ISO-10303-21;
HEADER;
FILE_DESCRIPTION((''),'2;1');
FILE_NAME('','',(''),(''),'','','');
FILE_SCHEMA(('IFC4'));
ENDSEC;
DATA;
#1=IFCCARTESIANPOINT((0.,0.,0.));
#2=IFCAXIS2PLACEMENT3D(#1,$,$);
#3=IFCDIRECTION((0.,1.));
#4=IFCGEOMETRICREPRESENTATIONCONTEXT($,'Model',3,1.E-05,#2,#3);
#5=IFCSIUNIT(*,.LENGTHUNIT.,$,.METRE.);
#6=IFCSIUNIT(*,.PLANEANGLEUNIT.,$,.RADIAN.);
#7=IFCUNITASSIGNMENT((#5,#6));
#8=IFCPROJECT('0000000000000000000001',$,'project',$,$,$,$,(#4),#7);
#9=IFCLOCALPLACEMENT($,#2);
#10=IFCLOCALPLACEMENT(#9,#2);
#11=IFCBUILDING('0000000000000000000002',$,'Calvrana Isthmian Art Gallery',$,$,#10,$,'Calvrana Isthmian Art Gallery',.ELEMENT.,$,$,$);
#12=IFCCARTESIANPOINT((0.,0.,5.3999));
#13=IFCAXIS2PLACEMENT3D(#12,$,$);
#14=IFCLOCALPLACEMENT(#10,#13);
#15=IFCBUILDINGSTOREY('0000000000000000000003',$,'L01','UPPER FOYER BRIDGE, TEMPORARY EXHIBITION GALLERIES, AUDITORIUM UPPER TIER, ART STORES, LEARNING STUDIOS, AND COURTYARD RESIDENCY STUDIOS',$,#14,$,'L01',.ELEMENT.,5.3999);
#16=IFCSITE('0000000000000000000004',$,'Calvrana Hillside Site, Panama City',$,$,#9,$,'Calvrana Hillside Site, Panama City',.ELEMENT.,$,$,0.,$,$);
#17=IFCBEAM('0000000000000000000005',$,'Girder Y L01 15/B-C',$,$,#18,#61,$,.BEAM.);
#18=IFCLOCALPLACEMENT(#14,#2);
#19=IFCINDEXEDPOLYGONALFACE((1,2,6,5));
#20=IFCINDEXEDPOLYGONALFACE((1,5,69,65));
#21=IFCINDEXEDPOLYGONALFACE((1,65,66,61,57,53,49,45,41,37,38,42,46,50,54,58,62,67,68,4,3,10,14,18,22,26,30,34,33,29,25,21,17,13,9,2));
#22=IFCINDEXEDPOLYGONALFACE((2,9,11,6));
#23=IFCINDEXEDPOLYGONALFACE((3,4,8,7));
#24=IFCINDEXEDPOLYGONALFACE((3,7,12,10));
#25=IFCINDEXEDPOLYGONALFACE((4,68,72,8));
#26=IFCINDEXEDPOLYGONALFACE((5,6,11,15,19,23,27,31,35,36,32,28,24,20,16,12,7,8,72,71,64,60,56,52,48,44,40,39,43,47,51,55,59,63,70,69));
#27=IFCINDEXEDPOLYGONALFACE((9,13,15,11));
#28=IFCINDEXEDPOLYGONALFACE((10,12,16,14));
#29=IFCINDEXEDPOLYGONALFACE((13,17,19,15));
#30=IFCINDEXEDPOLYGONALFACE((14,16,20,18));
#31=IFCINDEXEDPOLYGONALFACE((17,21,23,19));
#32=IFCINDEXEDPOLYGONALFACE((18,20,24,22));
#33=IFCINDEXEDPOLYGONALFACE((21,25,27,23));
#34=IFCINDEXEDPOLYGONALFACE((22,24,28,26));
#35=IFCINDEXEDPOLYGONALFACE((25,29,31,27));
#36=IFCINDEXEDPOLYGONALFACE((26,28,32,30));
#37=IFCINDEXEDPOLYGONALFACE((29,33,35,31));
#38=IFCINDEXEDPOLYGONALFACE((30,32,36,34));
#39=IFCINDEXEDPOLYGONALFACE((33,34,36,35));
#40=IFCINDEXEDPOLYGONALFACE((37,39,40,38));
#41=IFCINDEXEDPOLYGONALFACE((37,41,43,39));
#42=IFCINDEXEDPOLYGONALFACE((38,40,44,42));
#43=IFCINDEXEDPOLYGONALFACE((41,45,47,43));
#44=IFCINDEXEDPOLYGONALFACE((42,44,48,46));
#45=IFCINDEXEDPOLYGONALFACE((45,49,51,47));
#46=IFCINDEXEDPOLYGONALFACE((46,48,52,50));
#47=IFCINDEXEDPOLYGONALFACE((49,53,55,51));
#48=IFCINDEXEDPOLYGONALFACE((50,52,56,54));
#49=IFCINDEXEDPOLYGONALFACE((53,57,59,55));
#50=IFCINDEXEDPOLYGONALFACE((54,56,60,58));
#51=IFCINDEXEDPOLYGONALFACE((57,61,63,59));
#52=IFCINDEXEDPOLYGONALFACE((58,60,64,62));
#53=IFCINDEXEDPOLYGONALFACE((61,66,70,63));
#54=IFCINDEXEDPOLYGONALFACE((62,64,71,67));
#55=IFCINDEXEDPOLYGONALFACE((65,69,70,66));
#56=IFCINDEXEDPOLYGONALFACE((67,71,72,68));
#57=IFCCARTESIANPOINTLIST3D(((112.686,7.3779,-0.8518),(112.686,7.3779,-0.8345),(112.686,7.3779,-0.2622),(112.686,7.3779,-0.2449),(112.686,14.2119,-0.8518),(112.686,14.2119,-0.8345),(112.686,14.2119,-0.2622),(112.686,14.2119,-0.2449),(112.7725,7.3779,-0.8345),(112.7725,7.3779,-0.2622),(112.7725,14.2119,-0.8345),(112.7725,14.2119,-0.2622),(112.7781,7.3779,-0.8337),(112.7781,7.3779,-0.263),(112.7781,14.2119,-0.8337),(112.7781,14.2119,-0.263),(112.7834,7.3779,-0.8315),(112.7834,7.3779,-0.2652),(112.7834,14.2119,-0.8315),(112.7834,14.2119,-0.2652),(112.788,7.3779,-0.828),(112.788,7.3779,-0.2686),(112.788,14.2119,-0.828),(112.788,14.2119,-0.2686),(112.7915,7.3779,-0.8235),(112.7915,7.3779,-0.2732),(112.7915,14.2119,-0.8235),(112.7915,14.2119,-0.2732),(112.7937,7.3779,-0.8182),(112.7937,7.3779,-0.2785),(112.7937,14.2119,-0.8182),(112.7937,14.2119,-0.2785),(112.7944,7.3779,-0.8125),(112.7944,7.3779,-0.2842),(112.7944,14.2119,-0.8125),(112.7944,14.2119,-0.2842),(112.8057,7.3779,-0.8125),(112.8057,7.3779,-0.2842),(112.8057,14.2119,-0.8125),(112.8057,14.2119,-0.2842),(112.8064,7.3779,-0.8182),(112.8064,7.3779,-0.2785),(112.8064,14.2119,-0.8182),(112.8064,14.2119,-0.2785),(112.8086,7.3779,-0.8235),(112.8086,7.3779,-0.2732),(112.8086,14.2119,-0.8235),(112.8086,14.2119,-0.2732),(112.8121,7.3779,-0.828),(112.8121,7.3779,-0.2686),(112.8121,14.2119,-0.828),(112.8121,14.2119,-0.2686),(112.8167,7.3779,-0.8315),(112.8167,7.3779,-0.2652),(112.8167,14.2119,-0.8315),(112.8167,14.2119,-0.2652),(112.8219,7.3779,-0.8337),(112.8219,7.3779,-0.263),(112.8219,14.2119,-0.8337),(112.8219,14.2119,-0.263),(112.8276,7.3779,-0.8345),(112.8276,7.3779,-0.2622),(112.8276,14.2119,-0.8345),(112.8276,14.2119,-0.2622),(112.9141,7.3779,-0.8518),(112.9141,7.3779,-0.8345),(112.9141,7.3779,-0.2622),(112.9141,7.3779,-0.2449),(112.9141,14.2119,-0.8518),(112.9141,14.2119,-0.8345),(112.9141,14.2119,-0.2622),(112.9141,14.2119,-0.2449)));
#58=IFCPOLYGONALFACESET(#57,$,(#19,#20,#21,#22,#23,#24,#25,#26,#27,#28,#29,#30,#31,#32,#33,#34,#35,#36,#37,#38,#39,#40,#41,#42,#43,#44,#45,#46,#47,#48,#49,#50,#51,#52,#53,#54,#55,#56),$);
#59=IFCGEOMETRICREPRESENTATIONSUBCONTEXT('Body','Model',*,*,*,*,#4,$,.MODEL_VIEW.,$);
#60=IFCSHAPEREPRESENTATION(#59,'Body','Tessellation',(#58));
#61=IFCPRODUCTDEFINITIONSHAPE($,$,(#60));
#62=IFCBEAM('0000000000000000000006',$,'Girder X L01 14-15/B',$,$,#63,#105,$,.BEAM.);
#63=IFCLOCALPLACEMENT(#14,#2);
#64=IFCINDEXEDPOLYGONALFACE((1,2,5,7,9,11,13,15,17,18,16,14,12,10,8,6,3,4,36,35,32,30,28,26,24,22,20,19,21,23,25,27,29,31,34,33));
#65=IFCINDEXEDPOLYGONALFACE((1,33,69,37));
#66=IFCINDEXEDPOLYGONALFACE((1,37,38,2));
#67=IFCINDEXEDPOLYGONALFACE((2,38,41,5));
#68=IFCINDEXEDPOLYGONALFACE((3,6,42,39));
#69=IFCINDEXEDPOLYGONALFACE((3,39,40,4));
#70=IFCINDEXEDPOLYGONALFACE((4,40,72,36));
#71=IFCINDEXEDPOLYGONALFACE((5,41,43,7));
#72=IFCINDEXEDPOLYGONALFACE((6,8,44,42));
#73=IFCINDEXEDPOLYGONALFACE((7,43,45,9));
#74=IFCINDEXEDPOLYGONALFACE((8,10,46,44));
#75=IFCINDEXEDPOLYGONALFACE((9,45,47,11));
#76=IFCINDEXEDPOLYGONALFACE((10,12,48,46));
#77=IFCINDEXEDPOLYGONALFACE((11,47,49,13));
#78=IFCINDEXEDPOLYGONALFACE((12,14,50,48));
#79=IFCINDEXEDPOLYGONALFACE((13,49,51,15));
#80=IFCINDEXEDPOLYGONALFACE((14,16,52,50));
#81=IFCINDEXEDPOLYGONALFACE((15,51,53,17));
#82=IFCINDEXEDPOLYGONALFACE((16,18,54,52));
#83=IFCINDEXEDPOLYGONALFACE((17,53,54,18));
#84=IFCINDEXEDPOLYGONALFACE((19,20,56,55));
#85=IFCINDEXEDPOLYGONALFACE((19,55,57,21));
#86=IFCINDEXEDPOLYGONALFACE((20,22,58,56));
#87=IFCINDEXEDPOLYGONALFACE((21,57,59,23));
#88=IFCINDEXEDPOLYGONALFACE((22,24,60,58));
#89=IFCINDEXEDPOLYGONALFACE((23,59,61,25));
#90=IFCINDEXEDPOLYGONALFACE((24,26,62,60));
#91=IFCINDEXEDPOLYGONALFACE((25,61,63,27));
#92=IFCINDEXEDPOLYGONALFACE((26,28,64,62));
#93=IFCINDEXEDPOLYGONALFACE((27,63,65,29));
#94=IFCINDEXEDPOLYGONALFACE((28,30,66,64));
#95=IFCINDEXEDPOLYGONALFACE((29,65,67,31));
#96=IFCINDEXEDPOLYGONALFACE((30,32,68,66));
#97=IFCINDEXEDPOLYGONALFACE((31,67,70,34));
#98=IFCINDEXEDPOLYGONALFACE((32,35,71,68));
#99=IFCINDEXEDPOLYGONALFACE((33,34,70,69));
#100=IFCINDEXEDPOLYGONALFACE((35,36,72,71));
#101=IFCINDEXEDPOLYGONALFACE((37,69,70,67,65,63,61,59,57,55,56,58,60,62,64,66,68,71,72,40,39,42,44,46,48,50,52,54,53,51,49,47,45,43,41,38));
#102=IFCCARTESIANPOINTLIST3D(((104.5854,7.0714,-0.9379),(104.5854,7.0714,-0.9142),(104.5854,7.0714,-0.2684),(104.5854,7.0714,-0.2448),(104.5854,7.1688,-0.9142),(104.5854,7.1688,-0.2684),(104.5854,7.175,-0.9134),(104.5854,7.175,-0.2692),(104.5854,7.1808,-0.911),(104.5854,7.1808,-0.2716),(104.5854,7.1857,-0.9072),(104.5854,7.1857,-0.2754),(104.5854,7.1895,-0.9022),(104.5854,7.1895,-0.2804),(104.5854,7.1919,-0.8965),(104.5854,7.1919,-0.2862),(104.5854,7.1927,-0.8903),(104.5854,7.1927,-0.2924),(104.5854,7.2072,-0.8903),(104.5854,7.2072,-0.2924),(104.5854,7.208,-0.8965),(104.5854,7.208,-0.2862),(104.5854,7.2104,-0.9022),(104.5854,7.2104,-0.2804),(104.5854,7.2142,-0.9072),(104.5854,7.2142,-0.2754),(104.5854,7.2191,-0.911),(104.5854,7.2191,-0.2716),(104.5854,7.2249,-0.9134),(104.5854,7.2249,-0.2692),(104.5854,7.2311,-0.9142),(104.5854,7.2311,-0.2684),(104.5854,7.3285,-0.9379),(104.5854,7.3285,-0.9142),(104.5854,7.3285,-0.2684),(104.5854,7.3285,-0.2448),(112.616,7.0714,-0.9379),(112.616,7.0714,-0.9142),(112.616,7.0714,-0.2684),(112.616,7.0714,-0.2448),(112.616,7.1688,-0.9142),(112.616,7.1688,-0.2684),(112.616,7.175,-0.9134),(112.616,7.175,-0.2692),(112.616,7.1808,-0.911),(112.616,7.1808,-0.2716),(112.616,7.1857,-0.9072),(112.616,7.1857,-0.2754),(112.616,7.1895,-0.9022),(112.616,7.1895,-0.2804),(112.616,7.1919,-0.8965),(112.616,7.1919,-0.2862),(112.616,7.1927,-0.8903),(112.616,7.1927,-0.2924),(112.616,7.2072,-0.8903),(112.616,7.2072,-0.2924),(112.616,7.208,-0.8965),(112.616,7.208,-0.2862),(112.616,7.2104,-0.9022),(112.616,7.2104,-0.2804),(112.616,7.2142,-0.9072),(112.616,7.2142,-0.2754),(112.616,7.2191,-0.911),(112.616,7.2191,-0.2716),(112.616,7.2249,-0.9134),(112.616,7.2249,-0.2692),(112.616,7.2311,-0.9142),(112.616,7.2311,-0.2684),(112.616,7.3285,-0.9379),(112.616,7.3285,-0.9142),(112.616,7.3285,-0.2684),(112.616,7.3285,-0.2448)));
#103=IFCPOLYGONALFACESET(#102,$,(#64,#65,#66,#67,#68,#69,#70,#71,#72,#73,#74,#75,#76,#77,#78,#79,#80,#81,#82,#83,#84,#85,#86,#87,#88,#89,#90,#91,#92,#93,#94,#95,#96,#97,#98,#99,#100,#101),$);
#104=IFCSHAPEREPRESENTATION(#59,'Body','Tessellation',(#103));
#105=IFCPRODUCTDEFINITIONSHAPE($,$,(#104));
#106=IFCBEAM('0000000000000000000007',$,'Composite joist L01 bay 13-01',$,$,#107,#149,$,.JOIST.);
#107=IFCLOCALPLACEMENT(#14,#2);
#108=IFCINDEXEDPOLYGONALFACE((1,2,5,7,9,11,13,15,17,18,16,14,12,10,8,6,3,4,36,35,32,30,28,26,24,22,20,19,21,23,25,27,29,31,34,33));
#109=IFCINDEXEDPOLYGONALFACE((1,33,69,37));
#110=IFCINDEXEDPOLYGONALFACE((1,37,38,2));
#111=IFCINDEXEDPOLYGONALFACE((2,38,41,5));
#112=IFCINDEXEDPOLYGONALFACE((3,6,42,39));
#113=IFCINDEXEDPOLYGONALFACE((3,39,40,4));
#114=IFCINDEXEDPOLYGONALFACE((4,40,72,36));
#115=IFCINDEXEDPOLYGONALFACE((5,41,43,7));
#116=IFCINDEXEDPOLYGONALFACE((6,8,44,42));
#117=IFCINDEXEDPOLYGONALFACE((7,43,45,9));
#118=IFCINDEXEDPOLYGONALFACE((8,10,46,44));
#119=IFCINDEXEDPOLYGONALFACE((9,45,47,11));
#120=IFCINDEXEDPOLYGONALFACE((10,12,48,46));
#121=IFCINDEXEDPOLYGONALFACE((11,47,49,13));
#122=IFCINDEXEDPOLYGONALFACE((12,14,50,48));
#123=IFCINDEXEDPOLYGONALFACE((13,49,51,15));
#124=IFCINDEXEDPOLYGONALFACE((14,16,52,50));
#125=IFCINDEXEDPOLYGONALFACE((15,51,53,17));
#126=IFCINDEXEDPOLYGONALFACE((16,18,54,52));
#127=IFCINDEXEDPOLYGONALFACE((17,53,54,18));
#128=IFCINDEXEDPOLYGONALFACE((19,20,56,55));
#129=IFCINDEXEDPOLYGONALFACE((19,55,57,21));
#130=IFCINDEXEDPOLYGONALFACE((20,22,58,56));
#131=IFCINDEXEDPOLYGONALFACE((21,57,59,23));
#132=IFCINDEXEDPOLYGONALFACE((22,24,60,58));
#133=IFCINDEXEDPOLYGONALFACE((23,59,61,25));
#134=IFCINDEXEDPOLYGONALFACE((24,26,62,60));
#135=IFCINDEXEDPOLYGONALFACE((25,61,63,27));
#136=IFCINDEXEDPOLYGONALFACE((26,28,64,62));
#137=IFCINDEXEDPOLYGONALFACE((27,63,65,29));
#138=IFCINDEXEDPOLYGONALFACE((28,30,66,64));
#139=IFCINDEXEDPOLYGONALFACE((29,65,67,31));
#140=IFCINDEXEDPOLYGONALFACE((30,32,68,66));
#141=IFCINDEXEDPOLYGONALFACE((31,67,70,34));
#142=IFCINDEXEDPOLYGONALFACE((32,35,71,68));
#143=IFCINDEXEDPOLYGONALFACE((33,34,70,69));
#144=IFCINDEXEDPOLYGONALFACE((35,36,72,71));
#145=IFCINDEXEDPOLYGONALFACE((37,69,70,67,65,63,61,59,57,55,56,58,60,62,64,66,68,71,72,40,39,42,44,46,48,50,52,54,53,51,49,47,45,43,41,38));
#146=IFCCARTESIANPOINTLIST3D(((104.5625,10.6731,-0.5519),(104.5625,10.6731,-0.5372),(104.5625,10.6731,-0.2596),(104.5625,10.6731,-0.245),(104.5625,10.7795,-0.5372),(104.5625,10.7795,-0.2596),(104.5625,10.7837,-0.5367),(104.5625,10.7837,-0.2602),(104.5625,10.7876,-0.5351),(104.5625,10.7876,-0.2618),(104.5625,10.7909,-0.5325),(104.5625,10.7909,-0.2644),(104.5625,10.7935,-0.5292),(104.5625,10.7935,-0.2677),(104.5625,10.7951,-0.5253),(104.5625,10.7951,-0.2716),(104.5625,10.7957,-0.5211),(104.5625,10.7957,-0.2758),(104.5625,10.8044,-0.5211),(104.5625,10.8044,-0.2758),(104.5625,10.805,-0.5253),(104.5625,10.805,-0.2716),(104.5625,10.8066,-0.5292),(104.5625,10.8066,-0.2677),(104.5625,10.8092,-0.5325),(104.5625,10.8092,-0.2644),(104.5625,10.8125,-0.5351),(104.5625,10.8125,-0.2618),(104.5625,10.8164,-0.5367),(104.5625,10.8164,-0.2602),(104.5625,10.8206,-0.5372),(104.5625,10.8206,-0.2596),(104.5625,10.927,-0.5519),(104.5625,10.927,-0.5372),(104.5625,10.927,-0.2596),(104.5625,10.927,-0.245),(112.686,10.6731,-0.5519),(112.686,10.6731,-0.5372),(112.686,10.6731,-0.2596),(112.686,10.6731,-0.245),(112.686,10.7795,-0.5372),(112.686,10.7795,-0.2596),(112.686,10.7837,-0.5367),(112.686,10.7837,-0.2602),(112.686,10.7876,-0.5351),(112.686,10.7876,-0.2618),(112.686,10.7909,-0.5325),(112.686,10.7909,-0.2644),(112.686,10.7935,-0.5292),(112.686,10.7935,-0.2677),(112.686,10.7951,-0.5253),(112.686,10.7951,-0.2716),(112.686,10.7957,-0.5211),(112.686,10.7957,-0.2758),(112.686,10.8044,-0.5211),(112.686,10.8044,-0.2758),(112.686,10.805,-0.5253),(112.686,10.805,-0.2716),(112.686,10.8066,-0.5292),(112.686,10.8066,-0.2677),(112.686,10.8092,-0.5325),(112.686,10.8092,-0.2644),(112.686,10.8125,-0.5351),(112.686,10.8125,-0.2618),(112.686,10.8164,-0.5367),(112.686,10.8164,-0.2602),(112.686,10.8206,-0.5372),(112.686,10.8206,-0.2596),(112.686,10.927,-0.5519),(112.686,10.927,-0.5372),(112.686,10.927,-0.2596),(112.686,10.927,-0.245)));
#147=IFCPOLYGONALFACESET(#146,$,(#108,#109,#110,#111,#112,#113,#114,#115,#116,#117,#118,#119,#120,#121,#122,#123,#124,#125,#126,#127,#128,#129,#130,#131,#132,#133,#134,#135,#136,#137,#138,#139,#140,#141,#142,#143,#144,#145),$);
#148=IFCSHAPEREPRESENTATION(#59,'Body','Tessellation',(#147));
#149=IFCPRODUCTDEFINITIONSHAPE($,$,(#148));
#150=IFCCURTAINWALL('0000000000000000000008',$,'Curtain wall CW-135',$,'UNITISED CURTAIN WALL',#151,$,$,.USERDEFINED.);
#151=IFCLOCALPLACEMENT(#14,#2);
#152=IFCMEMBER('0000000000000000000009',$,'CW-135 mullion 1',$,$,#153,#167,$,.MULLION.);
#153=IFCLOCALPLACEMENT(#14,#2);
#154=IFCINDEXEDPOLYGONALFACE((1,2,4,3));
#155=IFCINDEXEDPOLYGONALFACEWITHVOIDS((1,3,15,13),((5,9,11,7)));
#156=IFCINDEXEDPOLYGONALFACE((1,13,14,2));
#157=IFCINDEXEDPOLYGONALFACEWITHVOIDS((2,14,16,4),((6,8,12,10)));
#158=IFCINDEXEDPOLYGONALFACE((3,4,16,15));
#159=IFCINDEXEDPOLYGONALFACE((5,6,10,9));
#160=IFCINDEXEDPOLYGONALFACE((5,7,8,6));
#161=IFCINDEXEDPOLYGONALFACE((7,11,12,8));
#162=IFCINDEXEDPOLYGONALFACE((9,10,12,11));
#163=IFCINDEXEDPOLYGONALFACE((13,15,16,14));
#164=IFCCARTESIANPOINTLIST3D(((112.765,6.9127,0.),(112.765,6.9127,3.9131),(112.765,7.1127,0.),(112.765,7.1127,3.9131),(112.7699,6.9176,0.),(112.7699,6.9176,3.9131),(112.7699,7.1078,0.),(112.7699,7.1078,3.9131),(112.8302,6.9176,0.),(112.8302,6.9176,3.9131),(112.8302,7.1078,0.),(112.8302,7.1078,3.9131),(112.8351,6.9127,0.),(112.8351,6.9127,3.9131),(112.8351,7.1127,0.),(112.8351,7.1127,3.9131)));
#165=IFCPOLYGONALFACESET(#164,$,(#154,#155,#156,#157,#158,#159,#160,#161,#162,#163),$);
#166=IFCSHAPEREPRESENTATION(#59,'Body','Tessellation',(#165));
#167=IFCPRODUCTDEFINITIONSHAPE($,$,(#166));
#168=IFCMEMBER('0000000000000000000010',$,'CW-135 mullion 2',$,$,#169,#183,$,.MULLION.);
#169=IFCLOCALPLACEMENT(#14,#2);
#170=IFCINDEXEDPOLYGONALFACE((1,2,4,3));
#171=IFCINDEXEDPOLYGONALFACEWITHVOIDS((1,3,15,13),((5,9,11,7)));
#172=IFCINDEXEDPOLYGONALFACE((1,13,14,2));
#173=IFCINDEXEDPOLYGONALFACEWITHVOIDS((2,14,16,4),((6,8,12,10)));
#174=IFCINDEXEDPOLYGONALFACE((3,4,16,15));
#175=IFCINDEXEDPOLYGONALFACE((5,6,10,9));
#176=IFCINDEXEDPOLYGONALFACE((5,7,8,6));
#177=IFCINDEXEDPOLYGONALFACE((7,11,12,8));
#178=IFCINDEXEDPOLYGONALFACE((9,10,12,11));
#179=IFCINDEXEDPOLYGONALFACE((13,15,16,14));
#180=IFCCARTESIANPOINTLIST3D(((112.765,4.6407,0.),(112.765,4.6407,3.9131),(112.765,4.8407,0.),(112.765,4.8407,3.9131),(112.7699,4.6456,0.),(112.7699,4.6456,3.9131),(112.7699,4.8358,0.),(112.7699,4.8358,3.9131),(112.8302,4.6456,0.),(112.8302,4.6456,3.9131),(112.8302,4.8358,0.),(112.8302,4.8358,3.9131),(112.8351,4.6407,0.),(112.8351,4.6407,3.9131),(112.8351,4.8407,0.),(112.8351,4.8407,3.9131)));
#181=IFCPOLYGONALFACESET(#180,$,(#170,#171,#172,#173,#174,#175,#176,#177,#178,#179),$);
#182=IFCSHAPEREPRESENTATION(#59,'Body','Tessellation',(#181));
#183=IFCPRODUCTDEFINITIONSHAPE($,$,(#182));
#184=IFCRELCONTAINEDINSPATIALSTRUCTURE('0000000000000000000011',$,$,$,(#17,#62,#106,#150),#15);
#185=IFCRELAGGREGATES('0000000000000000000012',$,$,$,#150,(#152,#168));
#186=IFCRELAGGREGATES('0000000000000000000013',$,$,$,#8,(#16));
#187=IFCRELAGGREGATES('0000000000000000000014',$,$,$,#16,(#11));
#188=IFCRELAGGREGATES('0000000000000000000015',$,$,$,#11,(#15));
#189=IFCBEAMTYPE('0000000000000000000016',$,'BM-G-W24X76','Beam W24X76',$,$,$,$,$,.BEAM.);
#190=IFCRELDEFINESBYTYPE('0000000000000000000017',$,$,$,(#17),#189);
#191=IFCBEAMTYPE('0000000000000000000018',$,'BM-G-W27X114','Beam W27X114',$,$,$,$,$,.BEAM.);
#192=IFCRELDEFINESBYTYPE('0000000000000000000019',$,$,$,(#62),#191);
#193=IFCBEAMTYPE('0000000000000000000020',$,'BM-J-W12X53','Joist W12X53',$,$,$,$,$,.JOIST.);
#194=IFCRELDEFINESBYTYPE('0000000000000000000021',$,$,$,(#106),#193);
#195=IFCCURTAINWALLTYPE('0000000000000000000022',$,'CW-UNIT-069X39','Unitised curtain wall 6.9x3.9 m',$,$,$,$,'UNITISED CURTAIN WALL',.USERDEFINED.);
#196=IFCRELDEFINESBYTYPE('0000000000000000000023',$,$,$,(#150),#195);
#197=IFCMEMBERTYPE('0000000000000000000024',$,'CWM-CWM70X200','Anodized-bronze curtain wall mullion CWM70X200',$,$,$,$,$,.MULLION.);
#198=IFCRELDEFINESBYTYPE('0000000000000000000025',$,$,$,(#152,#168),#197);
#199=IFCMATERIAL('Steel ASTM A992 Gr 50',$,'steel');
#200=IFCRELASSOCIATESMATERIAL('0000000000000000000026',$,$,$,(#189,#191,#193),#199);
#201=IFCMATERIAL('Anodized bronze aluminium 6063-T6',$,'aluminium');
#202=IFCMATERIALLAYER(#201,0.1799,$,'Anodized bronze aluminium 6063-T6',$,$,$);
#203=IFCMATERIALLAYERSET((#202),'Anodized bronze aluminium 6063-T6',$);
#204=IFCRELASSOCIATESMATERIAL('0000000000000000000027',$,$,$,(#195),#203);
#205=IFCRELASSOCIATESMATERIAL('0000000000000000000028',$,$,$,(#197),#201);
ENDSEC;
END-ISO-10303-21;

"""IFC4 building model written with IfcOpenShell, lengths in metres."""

from ifc_helpers import new_model, si_unit, direction, frame, origin, origin_2d, place, context, subcontext, project, spatial, hollow_rectangle, i_section, extrude, material, layer, layer_set, material_profile, profile_set, type_object, element, aggregate, save


model = new_model("IFC4")

# Units and contexts
model_context = context("Model", 3, precision=1e-05, world=origin(), true_north=direction((0.0, 1.0)))
body_context = subcontext(model_context, "Body", "Model", "MODEL_VIEW")
ifc_project = project(units=[si_unit("LENGTHUNIT", "METRE"), si_unit("PLANEANGLEUNIT", "RADIAN")], contexts=[model_context])

# Site, building, storey
site_placement = place(None, origin())
site = spatial("IfcSite", under=ifc_project, at=site_placement, Name="Calvrana Hillside Site, Panama City", LongName="Calvrana Hillside Site, Panama City", CompositionType="ELEMENT", RefElevation=0.0)
building_placement = place(site_placement, origin())
building = spatial("IfcBuilding", under=site, at=building_placement, Name="Calvrana Isthmian Art Gallery", LongName="Calvrana Isthmian Art Gallery", CompositionType="ELEMENT")
storey_placement = place(building_placement, frame((0.0, 0.0, 5.3999)))
storey = spatial("IfcBuildingStorey", under=building, at=storey_placement, Name="L01", Description="UPPER FOYER BRIDGE, TEMPORARY EXHIBITION GALLERIES, AUDITORIUM UPPER TIER, ART STORES, LEARNING STUDIOS, AND COURTYARD RESIDENCY STUDIOS", LongName="L01", CompositionType="ELEMENT", Elevation=5.3999)

# Beams
ifc_material_1 = material(Name="Steel ASTM A992 Gr 50", Category="steel")
ifc_material_profile_1 = material_profile(ifc_material_1, i_section(OverallWidth=0.228, OverallDepth=0.6069, WebThickness=0.0112, FlangeThickness=0.0173, FilletRadius=0.022, at=origin_2d()), Name="W24X76")
ifc_profile_set_1 = profile_set([ifc_material_profile_1], Name="Steel ASTM A992 Gr 50")
beam_type_1 = type_object("IfcBeamType", Name="BM-G-W24X76", Description="Beam W24X76", PredefinedType="BEAM", material=ifc_profile_set_1)
beam_1_placement = place(storey_placement, frame((112.8, 7.3779, -0.5483), z_axis=(0.0, 1.0, 0.0), x_axis=(-1.0, 0.0, 0.0)))
element("IfcBeam", 1, at=beam_1_placement, inside=storey, type_object=beam_type_1, Name="Girder Y L01 15/B-C", PredefinedType="BEAM", context=body_context, shape_type="SweptSolid", body=[
    extrude(i_section(OverallWidth=0.228, OverallDepth=0.6069, WebThickness=0.0112, FlangeThickness=0.0173, FilletRadius=0.022, at=origin_2d()), origin(), (0.0, 0.0, 1.0), 6.834),
])
ifc_material_profile_2 = material_profile(ifc_material_1, i_section(OverallWidth=0.2571, OverallDepth=0.6931, WebThickness=0.0144, FlangeThickness=0.0237, FilletRadius=0.0239, at=origin_2d()), Name="W27X114")
ifc_profile_set_2 = profile_set([ifc_material_profile_2], Name="Steel ASTM A992 Gr 50")
beam_type_2 = type_object("IfcBeamType", Name="BM-G-W27X114", Description="Beam W27X114", PredefinedType="BEAM", material=ifc_profile_set_2)
beam_2_placement = place(storey_placement, frame((104.5854, 7.2, -0.5913), z_axis=(1.0, 0.0, 0.0), x_axis=(0.0, 1.0, 0.0)))
element("IfcBeam", 2, at=beam_2_placement, inside=storey, type_object=beam_type_2, Name="Girder X L01 14-15/B", PredefinedType="BEAM", context=body_context, shape_type="SweptSolid", body=[
    extrude(i_section(OverallWidth=0.2571, OverallDepth=0.6931, WebThickness=0.0144, FlangeThickness=0.0237, FilletRadius=0.0239, at=origin_2d()), origin(), (0.0, 0.0, 1.0), 8.0305),
])
ifc_material_profile_3 = material_profile(ifc_material_1, i_section(OverallWidth=0.2539, OverallDepth=0.3069, WebThickness=0.0088, FlangeThickness=0.0146, FilletRadius=0.0161, at=origin_2d()), Name="W12X53")
ifc_profile_set_3 = profile_set([ifc_material_profile_3], Name="Steel ASTM A992 Gr 50")
beam_type_3 = type_object("IfcBeamType", Name="BM-J-W12X53", Description="Joist W12X53", PredefinedType="JOIST", material=ifc_profile_set_3)
beam_3_placement = place(storey_placement, frame((104.5625, 10.8, -0.3984), z_axis=(1.0, 0.0, 0.0), x_axis=(0.0, 1.0, 0.0)))
element("IfcBeam", 3, at=beam_3_placement, inside=storey, type_object=beam_type_3, Name="Composite joist L01 bay 13-01", PredefinedType="JOIST", context=body_context, shape_type="SweptSolid", body=[
    extrude(i_section(OverallWidth=0.2539, OverallDepth=0.3069, WebThickness=0.0088, FlangeThickness=0.0146, FilletRadius=0.0161, at=origin_2d()), origin(), (0.0, 0.0, 1.0), 8.1235),
])

# Curtain wall, members
ifc_material_2 = material(Name="Anodized bronze aluminium 6063-T6", Category="aluminium")
ifc_layer_1 = layer(ifc_material_2, 0.1799, Name="Anodized bronze aluminium 6063-T6")
ifc_layer_set_1 = layer_set([ifc_layer_1], Name="Anodized bronze aluminium 6063-T6")
curtain_wall_type_1 = type_object("IfcCurtainWallType", Name="CW-UNIT-069X39", Description="Unitised curtain wall 6.9x3.9 m", ElementType="UNITISED CURTAIN WALL", PredefinedType="USERDEFINED", material=ifc_layer_set_1)
curtain_wall_1_placement = place(storey_placement, origin())
curtain_wall_1 = element("IfcCurtainWall", 4, at=curtain_wall_1_placement, inside=storey, type_object=curtain_wall_type_1, Name="Curtain wall CW-135", ObjectType="UNITISED CURTAIN WALL", PredefinedType="USERDEFINED")
ifc_material_profile_4 = material_profile(ifc_material_2, hollow_rectangle(XDim=0.0701, YDim=0.2, WallThickness=0.0049, at=origin_2d()), Name="CWM70X200")
ifc_profile_set_4 = profile_set([ifc_material_profile_4], Name="Anodized bronze aluminium 6063-T6")
member_type_1 = type_object("IfcMemberType", Name="CWM-CWM70X200", Description="Anodized-bronze curtain wall mullion CWM70X200", PredefinedType="MULLION", material=ifc_profile_set_4)
member_1_placement = place(storey_placement, frame((112.8, 7.0127, 0.0), z_axis=(0.0, 0.0, 1.0), x_axis=(1.0, 0.0, 0.0)))
member_1 = element("IfcMember", 5, at=member_1_placement, type_object=member_type_1, Name="CW-135 mullion 1", PredefinedType="MULLION", context=body_context, shape_type="SweptSolid", body=[
    extrude(hollow_rectangle(XDim=0.0701, YDim=0.2, WallThickness=0.0049, at=origin_2d()), origin(), (0.0, 0.0, 1.0), 3.9131),
])
member_2_placement = place(storey_placement, frame((112.8, 4.7407, 0.0), z_axis=(0.0, 0.0, 1.0), x_axis=(1.0, 0.0, 0.0)))
member_2 = element("IfcMember", 6, at=member_2_placement, type_object=member_type_1, Name="CW-135 mullion 2", PredefinedType="MULLION", context=body_context, shape_type="SweptSolid", body=[
    extrude(hollow_rectangle(XDim=0.0701, YDim=0.2, WallThickness=0.0049, at=origin_2d()), origin(), (0.0, 0.0, 1.0), 3.9131),
])

aggregate(curtain_wall_1, [member_1, member_2])

save(model, "model.ifc")
